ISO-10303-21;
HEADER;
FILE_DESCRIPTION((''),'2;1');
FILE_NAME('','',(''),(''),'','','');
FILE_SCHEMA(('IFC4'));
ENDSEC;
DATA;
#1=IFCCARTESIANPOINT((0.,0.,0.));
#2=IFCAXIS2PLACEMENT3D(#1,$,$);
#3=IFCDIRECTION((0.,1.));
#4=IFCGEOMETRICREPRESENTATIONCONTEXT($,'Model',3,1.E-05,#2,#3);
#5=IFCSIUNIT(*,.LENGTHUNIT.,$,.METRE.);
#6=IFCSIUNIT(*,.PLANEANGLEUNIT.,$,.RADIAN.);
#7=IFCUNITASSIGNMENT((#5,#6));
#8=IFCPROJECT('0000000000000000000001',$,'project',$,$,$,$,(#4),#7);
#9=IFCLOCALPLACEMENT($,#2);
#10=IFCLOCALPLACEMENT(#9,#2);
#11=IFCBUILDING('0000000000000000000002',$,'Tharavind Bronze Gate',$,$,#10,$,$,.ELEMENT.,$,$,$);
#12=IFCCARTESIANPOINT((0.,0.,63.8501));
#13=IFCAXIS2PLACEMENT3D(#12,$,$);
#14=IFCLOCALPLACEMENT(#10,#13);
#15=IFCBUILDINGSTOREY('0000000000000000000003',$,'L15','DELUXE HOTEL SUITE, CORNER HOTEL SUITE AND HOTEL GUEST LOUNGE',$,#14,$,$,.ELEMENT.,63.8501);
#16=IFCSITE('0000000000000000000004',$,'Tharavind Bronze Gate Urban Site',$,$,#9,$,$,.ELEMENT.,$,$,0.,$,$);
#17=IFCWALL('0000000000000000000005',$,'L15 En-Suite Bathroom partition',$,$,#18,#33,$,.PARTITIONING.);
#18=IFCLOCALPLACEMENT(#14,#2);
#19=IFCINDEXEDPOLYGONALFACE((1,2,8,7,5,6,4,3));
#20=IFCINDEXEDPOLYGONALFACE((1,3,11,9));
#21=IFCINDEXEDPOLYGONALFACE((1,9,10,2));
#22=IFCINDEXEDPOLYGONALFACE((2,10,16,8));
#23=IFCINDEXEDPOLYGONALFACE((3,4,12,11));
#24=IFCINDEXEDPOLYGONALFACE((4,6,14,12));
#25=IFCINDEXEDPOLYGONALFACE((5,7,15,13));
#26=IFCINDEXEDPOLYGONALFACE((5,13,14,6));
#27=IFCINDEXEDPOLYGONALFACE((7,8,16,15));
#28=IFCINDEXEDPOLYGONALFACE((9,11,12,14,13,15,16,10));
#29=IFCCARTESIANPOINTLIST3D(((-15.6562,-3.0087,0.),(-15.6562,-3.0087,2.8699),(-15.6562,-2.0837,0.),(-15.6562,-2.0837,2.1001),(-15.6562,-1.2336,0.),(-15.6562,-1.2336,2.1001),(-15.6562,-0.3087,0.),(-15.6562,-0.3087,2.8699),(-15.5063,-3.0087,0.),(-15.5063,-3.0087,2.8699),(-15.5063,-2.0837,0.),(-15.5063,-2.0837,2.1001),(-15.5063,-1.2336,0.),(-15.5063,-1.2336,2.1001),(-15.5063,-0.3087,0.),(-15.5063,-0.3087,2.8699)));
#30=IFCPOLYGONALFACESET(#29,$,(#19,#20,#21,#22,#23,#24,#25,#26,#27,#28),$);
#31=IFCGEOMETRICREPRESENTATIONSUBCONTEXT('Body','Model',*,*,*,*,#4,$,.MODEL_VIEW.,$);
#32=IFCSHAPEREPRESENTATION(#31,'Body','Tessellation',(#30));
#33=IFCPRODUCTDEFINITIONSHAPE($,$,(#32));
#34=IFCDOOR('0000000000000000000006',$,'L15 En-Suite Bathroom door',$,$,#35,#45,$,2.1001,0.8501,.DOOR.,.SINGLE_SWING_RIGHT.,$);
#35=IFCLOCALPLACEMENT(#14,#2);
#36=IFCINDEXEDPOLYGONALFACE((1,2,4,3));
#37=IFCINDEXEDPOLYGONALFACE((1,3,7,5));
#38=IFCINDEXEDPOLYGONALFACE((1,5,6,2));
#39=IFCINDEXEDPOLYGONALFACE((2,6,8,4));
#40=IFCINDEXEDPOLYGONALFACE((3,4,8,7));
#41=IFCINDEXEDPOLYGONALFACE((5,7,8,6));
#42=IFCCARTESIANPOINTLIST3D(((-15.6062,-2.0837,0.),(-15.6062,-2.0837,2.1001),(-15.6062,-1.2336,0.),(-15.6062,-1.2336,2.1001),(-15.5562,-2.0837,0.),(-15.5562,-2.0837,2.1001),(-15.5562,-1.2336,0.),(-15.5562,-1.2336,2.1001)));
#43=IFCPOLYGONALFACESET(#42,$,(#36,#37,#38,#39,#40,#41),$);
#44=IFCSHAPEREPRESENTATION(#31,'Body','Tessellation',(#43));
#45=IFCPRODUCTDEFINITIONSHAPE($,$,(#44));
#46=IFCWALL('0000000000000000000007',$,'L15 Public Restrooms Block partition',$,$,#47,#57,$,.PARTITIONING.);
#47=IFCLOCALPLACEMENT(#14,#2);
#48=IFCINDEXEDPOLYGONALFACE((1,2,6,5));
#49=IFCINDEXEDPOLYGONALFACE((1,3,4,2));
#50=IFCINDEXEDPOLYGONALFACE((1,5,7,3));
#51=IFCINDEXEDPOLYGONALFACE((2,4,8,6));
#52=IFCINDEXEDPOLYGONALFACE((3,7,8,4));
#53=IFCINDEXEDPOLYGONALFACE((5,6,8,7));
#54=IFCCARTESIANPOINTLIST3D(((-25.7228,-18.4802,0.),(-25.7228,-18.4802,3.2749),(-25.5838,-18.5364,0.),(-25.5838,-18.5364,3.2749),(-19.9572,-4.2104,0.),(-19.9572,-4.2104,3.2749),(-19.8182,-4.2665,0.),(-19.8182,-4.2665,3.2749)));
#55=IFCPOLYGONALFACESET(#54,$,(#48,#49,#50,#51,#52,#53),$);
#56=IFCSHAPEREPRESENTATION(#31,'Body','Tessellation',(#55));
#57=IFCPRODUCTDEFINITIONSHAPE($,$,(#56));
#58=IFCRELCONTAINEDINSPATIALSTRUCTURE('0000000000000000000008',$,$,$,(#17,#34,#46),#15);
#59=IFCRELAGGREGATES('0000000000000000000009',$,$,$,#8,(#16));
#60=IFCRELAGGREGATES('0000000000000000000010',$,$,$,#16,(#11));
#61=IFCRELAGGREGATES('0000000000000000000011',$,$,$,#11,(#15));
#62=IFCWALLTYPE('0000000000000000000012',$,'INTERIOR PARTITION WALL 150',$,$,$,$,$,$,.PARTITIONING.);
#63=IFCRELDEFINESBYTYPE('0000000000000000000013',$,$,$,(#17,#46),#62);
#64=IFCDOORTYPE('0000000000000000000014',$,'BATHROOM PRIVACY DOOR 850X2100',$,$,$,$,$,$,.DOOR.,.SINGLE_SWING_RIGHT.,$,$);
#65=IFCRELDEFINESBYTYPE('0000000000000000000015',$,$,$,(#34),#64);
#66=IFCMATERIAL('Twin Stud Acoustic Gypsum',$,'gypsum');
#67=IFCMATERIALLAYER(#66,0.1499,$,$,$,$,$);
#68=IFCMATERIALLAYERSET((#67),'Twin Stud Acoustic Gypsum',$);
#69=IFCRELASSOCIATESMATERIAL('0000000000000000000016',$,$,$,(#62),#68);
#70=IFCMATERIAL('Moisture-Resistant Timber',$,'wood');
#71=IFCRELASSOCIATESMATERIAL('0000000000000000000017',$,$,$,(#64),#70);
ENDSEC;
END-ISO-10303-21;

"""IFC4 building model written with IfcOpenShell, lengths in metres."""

from ifc_helpers import new_model, si_unit, direction, frame, frame_2d, origin, place, context, subcontext, project, spatial, rectangle, extrude, material, layer, layer_set, type_object, element, fill, save


model = new_model("IFC4")

# Units and contexts
model_context = context("Model", 3, precision=1e-05, world=origin(), true_north=direction((0.0, 1.0)))
body_context = subcontext(model_context, "Body", "Model", "MODEL_VIEW")
ifc_project = project(units=[si_unit("LENGTHUNIT", "METRE"), si_unit("PLANEANGLEUNIT", "RADIAN")], contexts=[model_context])

# Site, building, storey
site_placement = place(None, origin())
site = spatial("IfcSite", under=ifc_project, at=site_placement, Name="Tharavind Bronze Gate Urban Site", CompositionType="ELEMENT", RefElevation=0.0)
building_placement = place(site_placement, origin())
building = spatial("IfcBuilding", under=site, at=building_placement, Name="Tharavind Bronze Gate", CompositionType="ELEMENT")
storey_placement = place(building_placement, frame((0.0, 0.0, 63.8501)))
storey = spatial("IfcBuildingStorey", under=building, at=storey_placement, Name="L15", Description="DELUXE HOTEL SUITE, CORNER HOTEL SUITE AND HOTEL GUEST LOUNGE", CompositionType="ELEMENT", Elevation=63.8501)

# Wall, opening, door
ifc_material_1 = material(Name="Twin Stud Acoustic Gypsum", Category="gypsum")
ifc_layer_1 = layer(ifc_material_1, 0.1499)
ifc_layer_set_1 = layer_set([ifc_layer_1], Name="Twin Stud Acoustic Gypsum")
wall_type_1 = type_object("IfcWallType", Name="INTERIOR PARTITION WALL 150", PredefinedType="PARTITIONING", material=ifc_layer_set_1)
wall_1_placement = place(storey_placement, frame((-15.5813, -3.0088, 0.0), z_axis=(0.0, 0.0, 1.0), x_axis=(0.0, 1.0, 0.0)))
wall_1 = element("IfcWall", 1, at=wall_1_placement, inside=storey, type_object=wall_type_1, Name="L15 En-Suite Bathroom partition", PredefinedType="PARTITIONING", context=body_context, shape_type="SweptSolid", body=[
    extrude(rectangle(XDim=2.7, YDim=0.1499, at=frame_2d((1.3501, 0.0))), origin(), (0.0, 0.0, 1.0), 2.8699),
])
opening_placement = place(wall_1_placement, frame((0.925, 0.0, 0.0)))
opening = element("IfcOpeningElement", 2, at=opening_placement, cuts=wall_1, PredefinedType="OPENING", context=body_context, shape_type="SweptSolid", body=[
    extrude(rectangle(XDim=0.8501, YDim=2.1001, at=frame_2d((0.425, 1.05))), frame((0.0, 0.085, 0.0), z_axis=(0.0, -1.0, 0.0), x_axis=(1.0, 0.0, 0.0)), (0.0, 0.0, 1.0), 0.1699),
])
ifc_material_2 = material(Name="Moisture-Resistant Timber", Category="wood")
door_type = type_object("IfcDoorType", Name="BATHROOM PRIVACY DOOR 850X2100", OperationType="SINGLE_SWING_RIGHT", PredefinedType="DOOR", material=ifc_material_2)
door_placement = place(opening_placement, origin())
door = element("IfcDoor", 3, at=door_placement, inside=storey, type_object=door_type, Name="L15 En-Suite Bathroom door", OperationType="SINGLE_SWING_RIGHT", OverallHeight=2.1001, OverallWidth=0.8501, PredefinedType="DOOR", context=body_context, shape_type="SweptSolid", body=[
    extrude(rectangle(XDim=0.8501, YDim=2.1001, at=frame_2d((0.425, 1.05))), frame((0.0, 0.0249, 0.0), z_axis=(0.0, -1.0, 0.0), x_axis=(1.0, 0.0, 0.0)), (0.0, 0.0, 1.0), 0.05),
])
fill(opening, door)

# Wall
wall_2_placement = place(storey_placement, frame((-25.6533, -18.5083, 0.0), z_axis=(0.0, 0.0, 1.0), x_axis=(0.374621, 0.927178, 0.0)))
element("IfcWall", 4, at=wall_2_placement, inside=storey, type_object=wall_type_1, Name="L15 Public Restrooms Block partition", PredefinedType="PARTITIONING", context=body_context, shape_type="SweptSolid", body=[
    extrude(rectangle(XDim=15.3906, YDim=0.1499, at=frame_2d((7.6953, 0.0))), origin(), (0.0, 0.0, 1.0), 3.2749),
])

save(model, "model.ifc")
